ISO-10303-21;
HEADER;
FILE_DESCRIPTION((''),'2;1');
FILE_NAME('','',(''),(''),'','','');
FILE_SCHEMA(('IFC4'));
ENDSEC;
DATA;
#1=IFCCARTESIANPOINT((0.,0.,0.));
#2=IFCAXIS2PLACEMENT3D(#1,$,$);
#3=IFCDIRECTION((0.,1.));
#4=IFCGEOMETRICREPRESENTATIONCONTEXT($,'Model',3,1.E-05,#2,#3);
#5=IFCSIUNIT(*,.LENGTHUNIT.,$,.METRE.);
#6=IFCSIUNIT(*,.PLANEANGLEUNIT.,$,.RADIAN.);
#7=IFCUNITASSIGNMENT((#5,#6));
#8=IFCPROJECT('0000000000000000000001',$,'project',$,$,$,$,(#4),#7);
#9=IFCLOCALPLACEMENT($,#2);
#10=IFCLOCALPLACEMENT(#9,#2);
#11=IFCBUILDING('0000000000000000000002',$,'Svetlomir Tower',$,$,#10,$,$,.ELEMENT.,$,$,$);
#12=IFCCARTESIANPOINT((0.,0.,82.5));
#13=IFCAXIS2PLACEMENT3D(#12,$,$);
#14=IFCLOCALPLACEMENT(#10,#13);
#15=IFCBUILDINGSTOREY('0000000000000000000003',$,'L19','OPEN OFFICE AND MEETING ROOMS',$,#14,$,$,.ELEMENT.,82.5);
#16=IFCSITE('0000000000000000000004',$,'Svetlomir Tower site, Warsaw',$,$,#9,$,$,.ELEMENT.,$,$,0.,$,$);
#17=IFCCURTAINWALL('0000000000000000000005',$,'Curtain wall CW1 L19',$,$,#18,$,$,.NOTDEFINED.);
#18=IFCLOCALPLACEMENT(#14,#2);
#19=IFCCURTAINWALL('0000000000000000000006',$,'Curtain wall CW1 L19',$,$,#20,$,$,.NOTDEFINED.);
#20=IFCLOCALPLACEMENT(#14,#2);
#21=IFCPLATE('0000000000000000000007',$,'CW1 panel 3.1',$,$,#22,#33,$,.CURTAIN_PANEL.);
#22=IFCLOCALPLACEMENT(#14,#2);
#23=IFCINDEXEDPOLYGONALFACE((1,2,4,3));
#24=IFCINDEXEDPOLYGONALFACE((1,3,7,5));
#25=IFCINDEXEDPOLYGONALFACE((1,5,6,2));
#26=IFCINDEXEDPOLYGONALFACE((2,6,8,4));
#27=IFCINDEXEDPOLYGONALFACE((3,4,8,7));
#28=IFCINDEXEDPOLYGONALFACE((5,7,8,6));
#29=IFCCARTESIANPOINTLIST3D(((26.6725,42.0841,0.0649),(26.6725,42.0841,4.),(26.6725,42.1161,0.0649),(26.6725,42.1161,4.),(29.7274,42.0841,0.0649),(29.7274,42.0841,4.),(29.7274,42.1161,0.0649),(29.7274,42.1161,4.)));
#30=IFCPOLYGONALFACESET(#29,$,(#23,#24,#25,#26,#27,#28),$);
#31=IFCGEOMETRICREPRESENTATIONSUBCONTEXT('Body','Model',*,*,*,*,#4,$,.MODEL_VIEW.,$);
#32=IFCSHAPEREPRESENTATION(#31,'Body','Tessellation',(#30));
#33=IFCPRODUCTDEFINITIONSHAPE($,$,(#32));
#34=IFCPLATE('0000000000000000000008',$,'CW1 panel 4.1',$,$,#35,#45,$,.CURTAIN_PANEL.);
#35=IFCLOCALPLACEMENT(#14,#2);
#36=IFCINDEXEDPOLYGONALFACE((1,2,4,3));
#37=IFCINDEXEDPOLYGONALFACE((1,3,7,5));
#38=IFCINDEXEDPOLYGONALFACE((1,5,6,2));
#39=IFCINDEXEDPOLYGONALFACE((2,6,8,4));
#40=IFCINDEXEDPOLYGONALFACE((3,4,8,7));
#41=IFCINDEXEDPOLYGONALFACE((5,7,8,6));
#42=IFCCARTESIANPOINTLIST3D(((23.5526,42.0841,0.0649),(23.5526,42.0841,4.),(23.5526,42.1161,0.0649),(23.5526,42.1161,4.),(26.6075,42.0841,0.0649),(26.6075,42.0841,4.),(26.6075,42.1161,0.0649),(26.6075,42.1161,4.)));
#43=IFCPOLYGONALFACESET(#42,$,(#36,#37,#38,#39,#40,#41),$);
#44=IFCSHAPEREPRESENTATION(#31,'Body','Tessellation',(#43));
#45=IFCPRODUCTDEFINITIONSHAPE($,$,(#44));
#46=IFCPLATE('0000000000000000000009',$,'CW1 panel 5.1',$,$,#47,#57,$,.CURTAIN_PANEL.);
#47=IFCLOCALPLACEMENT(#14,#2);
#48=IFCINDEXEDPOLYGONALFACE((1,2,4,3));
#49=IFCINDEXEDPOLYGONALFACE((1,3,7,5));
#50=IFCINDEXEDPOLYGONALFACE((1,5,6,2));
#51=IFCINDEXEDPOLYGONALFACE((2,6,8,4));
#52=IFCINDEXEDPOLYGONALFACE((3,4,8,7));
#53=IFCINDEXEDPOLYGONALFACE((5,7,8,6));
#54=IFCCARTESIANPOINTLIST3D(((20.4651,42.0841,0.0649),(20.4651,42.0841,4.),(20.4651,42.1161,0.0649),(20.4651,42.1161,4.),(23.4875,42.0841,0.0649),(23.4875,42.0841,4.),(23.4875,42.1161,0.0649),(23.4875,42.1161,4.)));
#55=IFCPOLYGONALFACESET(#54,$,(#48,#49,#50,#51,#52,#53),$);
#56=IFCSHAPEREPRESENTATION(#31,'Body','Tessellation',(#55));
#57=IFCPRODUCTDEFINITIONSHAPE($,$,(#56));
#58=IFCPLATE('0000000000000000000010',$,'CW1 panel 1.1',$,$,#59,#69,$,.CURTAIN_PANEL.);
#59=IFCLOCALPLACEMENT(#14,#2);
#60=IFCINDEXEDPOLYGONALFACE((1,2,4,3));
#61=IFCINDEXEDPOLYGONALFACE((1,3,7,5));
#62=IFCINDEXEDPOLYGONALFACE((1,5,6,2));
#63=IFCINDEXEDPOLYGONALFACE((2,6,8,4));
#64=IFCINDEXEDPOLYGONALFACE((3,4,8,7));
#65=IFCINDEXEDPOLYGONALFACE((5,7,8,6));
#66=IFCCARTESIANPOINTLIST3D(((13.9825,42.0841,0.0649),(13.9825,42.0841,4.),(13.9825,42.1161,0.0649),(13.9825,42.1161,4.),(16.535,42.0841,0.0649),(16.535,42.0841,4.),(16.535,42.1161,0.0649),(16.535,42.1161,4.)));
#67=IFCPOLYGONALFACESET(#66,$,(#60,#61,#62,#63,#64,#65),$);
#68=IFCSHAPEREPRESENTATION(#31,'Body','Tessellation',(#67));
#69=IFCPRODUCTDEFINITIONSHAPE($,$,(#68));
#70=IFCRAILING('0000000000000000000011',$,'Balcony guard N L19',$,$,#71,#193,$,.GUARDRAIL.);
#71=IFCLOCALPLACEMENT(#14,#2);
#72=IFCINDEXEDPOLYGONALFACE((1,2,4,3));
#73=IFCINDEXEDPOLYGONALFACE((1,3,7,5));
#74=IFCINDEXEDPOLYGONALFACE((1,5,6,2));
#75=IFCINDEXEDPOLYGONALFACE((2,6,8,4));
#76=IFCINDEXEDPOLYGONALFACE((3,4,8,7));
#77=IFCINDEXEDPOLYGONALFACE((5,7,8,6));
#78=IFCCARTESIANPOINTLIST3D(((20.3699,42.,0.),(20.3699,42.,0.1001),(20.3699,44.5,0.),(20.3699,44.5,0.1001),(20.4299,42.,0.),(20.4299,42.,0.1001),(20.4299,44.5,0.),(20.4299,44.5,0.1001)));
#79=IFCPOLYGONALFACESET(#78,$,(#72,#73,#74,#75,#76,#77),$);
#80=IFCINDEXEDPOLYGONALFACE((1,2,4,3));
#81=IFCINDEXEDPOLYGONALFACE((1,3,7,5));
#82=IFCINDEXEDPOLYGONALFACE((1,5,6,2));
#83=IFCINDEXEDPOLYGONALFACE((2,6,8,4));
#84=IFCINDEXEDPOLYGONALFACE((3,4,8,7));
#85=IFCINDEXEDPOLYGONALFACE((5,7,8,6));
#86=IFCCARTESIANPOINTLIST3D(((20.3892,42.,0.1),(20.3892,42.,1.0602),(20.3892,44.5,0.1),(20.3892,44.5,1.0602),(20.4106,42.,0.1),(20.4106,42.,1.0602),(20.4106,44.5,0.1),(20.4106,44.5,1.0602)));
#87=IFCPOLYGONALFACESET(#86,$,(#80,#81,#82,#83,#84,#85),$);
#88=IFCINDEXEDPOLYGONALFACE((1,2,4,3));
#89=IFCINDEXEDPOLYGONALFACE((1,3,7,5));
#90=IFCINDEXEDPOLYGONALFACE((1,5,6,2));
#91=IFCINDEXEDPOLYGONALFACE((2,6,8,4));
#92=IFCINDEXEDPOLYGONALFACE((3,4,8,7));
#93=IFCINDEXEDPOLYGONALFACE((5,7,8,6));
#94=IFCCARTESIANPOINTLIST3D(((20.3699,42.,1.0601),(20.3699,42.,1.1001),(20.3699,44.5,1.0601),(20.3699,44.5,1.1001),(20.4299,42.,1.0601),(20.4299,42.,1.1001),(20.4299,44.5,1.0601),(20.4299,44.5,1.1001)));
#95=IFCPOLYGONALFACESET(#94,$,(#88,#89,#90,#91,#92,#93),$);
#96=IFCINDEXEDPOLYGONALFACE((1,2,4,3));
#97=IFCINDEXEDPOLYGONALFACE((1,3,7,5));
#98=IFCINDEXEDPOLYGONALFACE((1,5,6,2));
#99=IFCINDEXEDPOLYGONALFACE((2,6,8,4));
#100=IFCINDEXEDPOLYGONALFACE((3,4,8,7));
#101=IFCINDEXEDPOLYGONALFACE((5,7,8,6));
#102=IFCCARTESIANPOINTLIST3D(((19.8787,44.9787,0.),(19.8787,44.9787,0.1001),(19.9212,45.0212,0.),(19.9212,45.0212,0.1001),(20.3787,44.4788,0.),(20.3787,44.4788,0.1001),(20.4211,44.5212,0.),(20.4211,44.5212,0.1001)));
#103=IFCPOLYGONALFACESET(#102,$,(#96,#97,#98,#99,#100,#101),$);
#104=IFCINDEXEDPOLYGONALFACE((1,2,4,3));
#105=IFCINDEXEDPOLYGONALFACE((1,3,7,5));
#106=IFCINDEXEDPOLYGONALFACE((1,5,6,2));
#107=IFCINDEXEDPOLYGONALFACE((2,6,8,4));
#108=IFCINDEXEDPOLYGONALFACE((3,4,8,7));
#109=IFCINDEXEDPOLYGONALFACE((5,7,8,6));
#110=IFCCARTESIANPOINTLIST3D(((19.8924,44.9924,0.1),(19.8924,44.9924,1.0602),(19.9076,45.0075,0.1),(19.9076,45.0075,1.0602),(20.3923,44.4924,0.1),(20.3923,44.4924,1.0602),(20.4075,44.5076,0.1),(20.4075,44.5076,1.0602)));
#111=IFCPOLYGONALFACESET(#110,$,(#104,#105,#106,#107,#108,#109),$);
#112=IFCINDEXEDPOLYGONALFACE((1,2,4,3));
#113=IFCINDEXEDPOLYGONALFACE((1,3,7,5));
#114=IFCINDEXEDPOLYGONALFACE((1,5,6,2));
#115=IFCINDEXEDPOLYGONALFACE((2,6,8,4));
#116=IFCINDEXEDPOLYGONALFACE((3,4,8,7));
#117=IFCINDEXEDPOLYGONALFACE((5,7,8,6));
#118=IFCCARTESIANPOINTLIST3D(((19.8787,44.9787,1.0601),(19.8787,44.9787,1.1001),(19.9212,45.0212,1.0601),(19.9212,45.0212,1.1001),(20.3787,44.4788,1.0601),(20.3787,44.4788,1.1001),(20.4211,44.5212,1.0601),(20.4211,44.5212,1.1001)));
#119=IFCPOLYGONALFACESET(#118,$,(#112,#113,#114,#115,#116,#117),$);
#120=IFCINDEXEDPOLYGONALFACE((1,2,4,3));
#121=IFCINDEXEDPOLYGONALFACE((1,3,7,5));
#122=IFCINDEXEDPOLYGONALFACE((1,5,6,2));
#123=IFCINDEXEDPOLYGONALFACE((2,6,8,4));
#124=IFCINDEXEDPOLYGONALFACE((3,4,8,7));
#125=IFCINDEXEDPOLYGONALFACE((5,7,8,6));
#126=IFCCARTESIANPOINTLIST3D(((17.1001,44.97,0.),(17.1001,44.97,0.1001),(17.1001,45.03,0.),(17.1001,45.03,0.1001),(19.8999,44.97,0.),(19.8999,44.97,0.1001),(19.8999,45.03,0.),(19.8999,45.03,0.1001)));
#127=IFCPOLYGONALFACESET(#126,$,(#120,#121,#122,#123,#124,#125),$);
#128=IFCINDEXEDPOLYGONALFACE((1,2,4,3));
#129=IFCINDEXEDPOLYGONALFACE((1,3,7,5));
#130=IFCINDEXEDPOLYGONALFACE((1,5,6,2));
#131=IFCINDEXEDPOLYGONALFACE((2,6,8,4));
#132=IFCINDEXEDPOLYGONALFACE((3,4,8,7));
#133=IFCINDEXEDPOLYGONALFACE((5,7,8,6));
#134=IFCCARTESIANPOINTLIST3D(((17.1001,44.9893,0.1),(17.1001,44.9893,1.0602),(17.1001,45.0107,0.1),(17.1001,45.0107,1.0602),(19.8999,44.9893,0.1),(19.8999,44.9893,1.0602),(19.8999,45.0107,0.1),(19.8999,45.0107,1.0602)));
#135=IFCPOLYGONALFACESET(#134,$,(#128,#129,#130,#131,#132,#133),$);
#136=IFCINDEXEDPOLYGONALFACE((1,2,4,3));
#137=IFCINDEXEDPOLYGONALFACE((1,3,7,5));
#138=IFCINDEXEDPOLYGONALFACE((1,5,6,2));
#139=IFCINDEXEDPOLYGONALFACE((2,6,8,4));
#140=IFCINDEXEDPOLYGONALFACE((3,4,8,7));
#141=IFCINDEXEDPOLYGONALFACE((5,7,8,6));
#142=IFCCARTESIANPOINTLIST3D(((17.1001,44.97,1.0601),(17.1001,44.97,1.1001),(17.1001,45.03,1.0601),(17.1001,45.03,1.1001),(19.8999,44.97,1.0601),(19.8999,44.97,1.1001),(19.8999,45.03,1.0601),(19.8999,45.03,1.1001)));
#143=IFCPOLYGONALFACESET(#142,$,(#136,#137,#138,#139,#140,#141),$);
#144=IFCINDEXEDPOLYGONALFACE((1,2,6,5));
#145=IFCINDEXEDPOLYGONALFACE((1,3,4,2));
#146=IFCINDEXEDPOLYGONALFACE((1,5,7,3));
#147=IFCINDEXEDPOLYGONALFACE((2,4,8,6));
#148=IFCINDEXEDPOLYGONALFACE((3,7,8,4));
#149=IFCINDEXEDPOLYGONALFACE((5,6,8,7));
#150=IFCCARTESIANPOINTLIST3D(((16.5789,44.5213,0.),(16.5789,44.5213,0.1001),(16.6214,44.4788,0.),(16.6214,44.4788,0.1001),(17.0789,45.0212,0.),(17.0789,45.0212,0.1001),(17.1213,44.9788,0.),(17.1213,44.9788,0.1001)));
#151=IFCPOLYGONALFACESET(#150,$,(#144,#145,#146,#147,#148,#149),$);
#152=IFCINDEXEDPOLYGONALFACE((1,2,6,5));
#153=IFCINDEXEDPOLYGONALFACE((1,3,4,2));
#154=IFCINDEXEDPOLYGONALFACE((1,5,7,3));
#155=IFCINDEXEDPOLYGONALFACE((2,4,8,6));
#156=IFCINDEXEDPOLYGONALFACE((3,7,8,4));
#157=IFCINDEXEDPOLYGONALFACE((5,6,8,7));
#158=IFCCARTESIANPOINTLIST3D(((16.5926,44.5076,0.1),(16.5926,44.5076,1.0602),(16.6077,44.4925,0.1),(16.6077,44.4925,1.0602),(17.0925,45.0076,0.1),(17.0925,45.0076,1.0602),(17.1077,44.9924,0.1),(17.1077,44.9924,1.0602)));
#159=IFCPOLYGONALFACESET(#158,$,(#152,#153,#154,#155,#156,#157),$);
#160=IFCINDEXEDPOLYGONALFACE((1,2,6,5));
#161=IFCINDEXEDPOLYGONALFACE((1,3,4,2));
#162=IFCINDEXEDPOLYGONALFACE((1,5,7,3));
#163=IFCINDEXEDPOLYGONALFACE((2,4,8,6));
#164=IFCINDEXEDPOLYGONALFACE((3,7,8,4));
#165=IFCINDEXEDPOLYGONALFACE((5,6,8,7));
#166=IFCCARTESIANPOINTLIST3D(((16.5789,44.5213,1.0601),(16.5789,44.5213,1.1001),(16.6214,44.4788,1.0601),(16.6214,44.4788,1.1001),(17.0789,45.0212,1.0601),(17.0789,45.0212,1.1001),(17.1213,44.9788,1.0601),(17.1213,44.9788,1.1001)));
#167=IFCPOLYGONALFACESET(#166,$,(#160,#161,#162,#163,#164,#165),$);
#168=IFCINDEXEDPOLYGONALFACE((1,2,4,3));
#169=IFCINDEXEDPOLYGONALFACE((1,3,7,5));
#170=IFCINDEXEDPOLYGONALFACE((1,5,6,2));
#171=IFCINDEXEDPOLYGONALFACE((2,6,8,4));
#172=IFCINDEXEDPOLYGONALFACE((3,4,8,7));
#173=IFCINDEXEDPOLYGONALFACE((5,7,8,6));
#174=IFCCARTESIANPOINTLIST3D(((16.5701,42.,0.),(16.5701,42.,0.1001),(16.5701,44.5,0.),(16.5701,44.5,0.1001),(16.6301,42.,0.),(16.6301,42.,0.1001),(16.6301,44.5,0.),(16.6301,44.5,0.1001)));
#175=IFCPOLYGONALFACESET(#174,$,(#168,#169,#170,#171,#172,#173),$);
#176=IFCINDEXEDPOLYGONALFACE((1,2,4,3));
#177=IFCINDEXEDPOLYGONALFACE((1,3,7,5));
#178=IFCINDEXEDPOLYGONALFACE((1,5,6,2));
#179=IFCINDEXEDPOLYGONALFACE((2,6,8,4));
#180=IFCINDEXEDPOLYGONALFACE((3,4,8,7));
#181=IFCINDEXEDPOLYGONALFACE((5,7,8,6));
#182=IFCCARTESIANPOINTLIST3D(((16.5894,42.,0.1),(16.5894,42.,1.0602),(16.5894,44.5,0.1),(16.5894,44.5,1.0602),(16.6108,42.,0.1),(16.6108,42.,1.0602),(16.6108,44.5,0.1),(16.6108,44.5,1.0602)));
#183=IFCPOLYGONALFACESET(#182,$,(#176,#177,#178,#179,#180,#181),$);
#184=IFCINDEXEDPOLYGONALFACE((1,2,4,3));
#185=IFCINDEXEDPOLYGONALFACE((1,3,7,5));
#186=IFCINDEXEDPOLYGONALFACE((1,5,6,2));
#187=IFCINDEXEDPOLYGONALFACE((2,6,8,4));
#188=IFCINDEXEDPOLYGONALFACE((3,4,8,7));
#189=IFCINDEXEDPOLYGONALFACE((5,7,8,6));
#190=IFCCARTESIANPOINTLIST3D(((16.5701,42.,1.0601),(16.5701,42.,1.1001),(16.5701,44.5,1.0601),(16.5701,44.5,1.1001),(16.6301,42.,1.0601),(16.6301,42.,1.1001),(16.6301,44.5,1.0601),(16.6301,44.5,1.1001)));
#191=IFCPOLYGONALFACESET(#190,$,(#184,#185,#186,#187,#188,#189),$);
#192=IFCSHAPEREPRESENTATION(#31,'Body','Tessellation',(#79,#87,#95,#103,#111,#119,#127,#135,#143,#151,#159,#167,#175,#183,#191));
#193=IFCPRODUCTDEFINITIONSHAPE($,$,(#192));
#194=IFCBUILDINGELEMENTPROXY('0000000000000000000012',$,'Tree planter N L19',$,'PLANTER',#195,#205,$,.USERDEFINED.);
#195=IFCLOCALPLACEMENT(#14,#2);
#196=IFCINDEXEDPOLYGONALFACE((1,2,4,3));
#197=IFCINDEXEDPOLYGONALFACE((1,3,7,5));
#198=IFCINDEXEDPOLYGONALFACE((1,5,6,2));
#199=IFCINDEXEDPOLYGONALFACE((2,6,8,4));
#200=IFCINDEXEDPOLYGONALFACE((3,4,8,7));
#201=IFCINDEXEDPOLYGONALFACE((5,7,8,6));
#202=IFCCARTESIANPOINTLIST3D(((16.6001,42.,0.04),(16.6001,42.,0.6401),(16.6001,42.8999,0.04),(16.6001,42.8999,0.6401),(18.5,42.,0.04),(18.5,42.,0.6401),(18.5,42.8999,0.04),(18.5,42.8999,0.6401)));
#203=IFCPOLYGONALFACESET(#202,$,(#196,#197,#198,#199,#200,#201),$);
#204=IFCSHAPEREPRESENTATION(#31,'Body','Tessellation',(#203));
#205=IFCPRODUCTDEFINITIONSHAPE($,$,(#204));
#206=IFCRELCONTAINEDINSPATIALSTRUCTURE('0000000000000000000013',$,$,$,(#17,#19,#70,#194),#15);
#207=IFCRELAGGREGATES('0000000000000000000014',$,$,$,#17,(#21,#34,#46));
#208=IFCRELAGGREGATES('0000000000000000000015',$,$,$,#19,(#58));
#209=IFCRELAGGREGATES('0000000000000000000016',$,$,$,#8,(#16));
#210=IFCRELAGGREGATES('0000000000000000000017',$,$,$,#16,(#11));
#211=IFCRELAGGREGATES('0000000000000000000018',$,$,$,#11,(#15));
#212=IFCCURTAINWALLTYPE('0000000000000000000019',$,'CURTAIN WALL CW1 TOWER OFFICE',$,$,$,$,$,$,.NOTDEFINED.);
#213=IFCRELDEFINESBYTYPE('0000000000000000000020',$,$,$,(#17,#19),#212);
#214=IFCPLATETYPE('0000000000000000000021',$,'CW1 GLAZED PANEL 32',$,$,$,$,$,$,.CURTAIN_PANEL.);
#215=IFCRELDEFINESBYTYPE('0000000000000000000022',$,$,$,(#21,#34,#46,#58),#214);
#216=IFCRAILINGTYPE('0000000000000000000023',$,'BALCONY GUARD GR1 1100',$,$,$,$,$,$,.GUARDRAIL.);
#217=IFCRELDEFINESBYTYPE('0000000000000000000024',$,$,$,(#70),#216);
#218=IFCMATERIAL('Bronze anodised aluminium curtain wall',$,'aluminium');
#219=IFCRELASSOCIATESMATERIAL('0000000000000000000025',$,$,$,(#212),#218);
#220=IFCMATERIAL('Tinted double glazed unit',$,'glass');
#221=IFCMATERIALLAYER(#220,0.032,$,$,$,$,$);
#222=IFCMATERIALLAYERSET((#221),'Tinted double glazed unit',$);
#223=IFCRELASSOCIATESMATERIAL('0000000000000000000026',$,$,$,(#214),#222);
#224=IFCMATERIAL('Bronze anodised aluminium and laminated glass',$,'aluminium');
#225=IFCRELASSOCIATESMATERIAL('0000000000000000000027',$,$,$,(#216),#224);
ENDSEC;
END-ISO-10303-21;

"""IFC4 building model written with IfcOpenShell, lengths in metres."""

from ifc_helpers import new_model, si_unit, direction, frame, origin, origin_2d, place, context, subcontext, project, spatial, rectangle, extrude, material, layer, layer_set, type_object, element, aggregate, save


model = new_model("IFC4")

# Units and contexts
model_context = context("Model", 3, precision=1e-05, world=origin(), true_north=direction((0.0, 1.0)))
body_context = subcontext(model_context, "Body", "Model", "MODEL_VIEW")
ifc_project = project(units=[si_unit("LENGTHUNIT", "METRE"), si_unit("PLANEANGLEUNIT", "RADIAN")], contexts=[model_context])

# Site, building, storey
site_placement = place(None, origin())
site = spatial("IfcSite", under=ifc_project, at=site_placement, Name="Svetlomir Tower site, Warsaw", CompositionType="ELEMENT", RefElevation=0.0)
building_placement = place(site_placement, origin())
building = spatial("IfcBuilding", under=site, at=building_placement, Name="Svetlomir Tower", CompositionType="ELEMENT")
storey_placement = place(building_placement, frame((0.0, 0.0, 82.5)))
storey = spatial("IfcBuildingStorey", under=building, at=storey_placement, Name="L19", Description="OPEN OFFICE AND MEETING ROOMS", CompositionType="ELEMENT", Elevation=82.5)

# Curtain walls
ifc_material_1 = material(Name="Bronze anodised aluminium curtain wall", Category="aluminium")
curtain_wall_type = type_object("IfcCurtainWallType", Name="CURTAIN WALL CW1 TOWER OFFICE", PredefinedType="NOTDEFINED", material=ifc_material_1)
curtain_wall_1_placement = place(storey_placement, origin())
curtain_wall_1 = element("IfcCurtainWall", 1, at=curtain_wall_1_placement, inside=storey, type_object=curtain_wall_type, Name="Curtain wall CW1 L19", PredefinedType="NOTDEFINED")
curtain_wall_2_placement = place(storey_placement, origin())
curtain_wall_2 = element("IfcCurtainWall", 2, at=curtain_wall_2_placement, inside=storey, type_object=curtain_wall_type, Name="Curtain wall CW1 L19", PredefinedType="NOTDEFINED")

# Plates
ifc_material_2 = material(Name="Tinted double glazed unit", Category="glass")
ifc_layer_1 = layer(ifc_material_2, 0.032)
ifc_layer_set_1 = layer_set([ifc_layer_1], Name="Tinted double glazed unit")
plate_type = type_object("IfcPlateType", Name="CW1 GLAZED PANEL 32", PredefinedType="CURTAIN_PANEL", material=ifc_layer_set_1)
plate_1_placement = place(storey_placement, frame((28.2, 42.1001, 0.0649), z_axis=(0.0, 0.0, 1.0), x_axis=(-1.0, 0.0, 0.0)))
plate_1 = element("IfcPlate", 3, at=plate_1_placement, type_object=plate_type, Name="CW1 panel 3.1", PredefinedType="CURTAIN_PANEL", context=body_context, shape_type="SweptSolid", body=[
    extrude(rectangle(XDim=3.0549, YDim=0.032, at=origin_2d()), origin(), (0.0, 0.0, 1.0), 3.9351),
])
plate_2_placement = place(storey_placement, frame((25.0801, 42.1001, 0.0649), z_axis=(0.0, 0.0, 1.0), x_axis=(-1.0, 0.0, 0.0)))
plate_2 = element("IfcPlate", 4, at=plate_2_placement, type_object=plate_type, Name="CW1 panel 4.1", PredefinedType="CURTAIN_PANEL", context=body_context, shape_type="SweptSolid", body=[
    extrude(rectangle(XDim=3.0549, YDim=0.032, at=origin_2d()), origin(), (0.0, 0.0, 1.0), 3.9351),
])
plate_3_placement = place(storey_placement, frame((21.9763, 42.1001, 0.0649), z_axis=(0.0, 0.0, 1.0), x_axis=(-1.0, 0.0, 0.0)))
plate_3 = element("IfcPlate", 5, at=plate_3_placement, type_object=plate_type, Name="CW1 panel 5.1", PredefinedType="CURTAIN_PANEL", context=body_context, shape_type="SweptSolid", body=[
    extrude(rectangle(XDim=3.0225, YDim=0.032, at=origin_2d()), origin(), (0.0, 0.0, 1.0), 3.9351),
])
aggregate(curtain_wall_1, [plate_1, plate_2, plate_3])
plate_4_placement = place(storey_placement, frame((15.2588, 42.1001, 0.0649), z_axis=(0.0, 0.0, 1.0), x_axis=(-1.0, 0.0, 0.0)))
plate_4 = element("IfcPlate", 6, at=plate_4_placement, type_object=plate_type, Name="CW1 panel 1.1", PredefinedType="CURTAIN_PANEL", context=body_context, shape_type="SweptSolid", body=[
    extrude(rectangle(XDim=2.5525, YDim=0.032, at=origin_2d()), origin(), (0.0, 0.0, 1.0), 3.9351),
])
aggregate(curtain_wall_2, [plate_4])

# Railing
ifc_material_3 = material(Name="Bronze anodised aluminium and laminated glass", Category="aluminium")
railing_type = type_object("IfcRailingType", Name="BALCONY GUARD GR1 1100", PredefinedType="GUARDRAIL", material=ifc_material_3)
railing_placement = place(storey_placement, frame((20.3999, 42.0, 0.0)))
element("IfcRailing", 7, at=railing_placement, inside=storey, type_object=railing_type, Name="Balcony guard N L19", PredefinedType="GUARDRAIL", context=body_context, shape_type="SweptSolid", body=[
    extrude(rectangle(XDim=0.0601, YDim=0.1001, at=origin_2d()), frame((0.0, 0.0, 0.05), z_axis=(0.0, 1.0, 0.0), x_axis=(-1.0, 0.0, 0.0)), (0.0, 0.0, 1.0), 2.5),
    extrude(rectangle(XDim=0.0215, YDim=0.9602, at=origin_2d()), frame((0.0, 0.0, 0.5801), z_axis=(0.0, 1.0, 0.0), x_axis=(-1.0, 0.0, 0.0)), (0.0, 0.0, 1.0), 2.5),
    extrude(rectangle(XDim=0.0601, YDim=0.04, at=origin_2d()), frame((0.0, 0.0, 1.0801), z_axis=(0.0, 1.0, 0.0), x_axis=(-1.0, 0.0, 0.0)), (0.0, 0.0, 1.0), 2.5),
    extrude(rectangle(XDim=0.0601, YDim=0.1001, at=origin_2d()), frame((0.0, 2.5, 0.05), z_axis=(-0.707107, 0.707107, 0.0), x_axis=(-0.707107, -0.707107, 0.0)), (0.0, 0.0, 1.0), 0.707),
    extrude(rectangle(XDim=0.0215, YDim=0.9602, at=origin_2d()), frame((0.0, 2.5, 0.5801), z_axis=(-0.707107, 0.707107, 0.0), x_axis=(-0.707107, -0.707107, 0.0)), (0.0, 0.0, 1.0), 0.707),
    extrude(rectangle(XDim=0.0601, YDim=0.04, at=origin_2d()), frame((0.0, 2.5, 1.0801), z_axis=(-0.707107, 0.707107, 0.0), x_axis=(-0.707107, -0.707107, 0.0)), (0.0, 0.0, 1.0), 0.707),
    extrude(rectangle(XDim=0.0601, YDim=0.1001, at=origin_2d()), frame((-0.5, 3.0, 0.05), z_axis=(-1.0, 0.0, 0.0), x_axis=(0.0, -1.0, 0.0)), (0.0, 0.0, 1.0), 2.7998),
    extrude(rectangle(XDim=0.0215, YDim=0.9602, at=origin_2d()), frame((-0.5, 3.0, 0.5801), z_axis=(-1.0, 0.0, 0.0), x_axis=(0.0, -1.0, 0.0)), (0.0, 0.0, 1.0), 2.7998),
    extrude(rectangle(XDim=0.0601, YDim=0.04, at=origin_2d()), frame((-0.5, 3.0, 1.0801), z_axis=(-1.0, 0.0, 0.0), x_axis=(0.0, -1.0, 0.0)), (0.0, 0.0, 1.0), 2.7998),
    extrude(rectangle(XDim=0.0601, YDim=0.1001, at=origin_2d()), frame((-3.2998, 3.0, 0.05), z_axis=(-0.707107, -0.707107, 0.0), x_axis=(0.707107, -0.707107, 0.0)), (0.0, 0.0, 1.0), 0.707),
    extrude(rectangle(XDim=0.0215, YDim=0.9602, at=origin_2d()), frame((-3.2998, 3.0, 0.5801), z_axis=(-0.707107, -0.707107, 0.0), x_axis=(0.707107, -0.707107, 0.0)), (0.0, 0.0, 1.0), 0.707),
    extrude(rectangle(XDim=0.0601, YDim=0.04, at=origin_2d()), frame((-3.2998, 3.0, 1.0801), z_axis=(-0.707107, -0.707107, 0.0), x_axis=(0.707107, -0.707107, 0.0)), (0.0, 0.0, 1.0), 0.707),
    extrude(rectangle(XDim=0.0601, YDim=0.1001, at=origin_2d()), frame((-3.7998, 2.5, 0.05), z_axis=(0.0, -1.0, 0.0), x_axis=(1.0, 0.0, 0.0)), (0.0, 0.0, 1.0), 2.5),
    extrude(rectangle(XDim=0.0215, YDim=0.9602, at=origin_2d()), frame((-3.7998, 2.5, 0.5801), z_axis=(0.0, -1.0, 0.0), x_axis=(1.0, 0.0, 0.0)), (0.0, 0.0, 1.0), 2.5),
    extrude(rectangle(XDim=0.0601, YDim=0.04, at=origin_2d()), frame((-3.7998, 2.5, 1.0801), z_axis=(0.0, -1.0, 0.0), x_axis=(1.0, 0.0, 0.0)), (0.0, 0.0, 1.0), 2.5),
])

# Building element proxy
proxy_placement = place(storey_placement, frame((17.55, 42.45, 0.04), z_axis=(0.0, 0.0, 1.0), x_axis=(1.0, 0.0, 0.0)))
element("IfcBuildingElementProxy", 8, at=proxy_placement, inside=storey, Name="Tree planter N L19", ObjectType="PLANTER", PredefinedType="USERDEFINED", context=body_context, shape_type="SweptSolid", body=[
    extrude(rectangle(XDim=1.8999, YDim=0.8999, at=origin_2d()), origin(), (0.0, 0.0, 1.0), 0.6001),
])

save(model, "model.ifc")
